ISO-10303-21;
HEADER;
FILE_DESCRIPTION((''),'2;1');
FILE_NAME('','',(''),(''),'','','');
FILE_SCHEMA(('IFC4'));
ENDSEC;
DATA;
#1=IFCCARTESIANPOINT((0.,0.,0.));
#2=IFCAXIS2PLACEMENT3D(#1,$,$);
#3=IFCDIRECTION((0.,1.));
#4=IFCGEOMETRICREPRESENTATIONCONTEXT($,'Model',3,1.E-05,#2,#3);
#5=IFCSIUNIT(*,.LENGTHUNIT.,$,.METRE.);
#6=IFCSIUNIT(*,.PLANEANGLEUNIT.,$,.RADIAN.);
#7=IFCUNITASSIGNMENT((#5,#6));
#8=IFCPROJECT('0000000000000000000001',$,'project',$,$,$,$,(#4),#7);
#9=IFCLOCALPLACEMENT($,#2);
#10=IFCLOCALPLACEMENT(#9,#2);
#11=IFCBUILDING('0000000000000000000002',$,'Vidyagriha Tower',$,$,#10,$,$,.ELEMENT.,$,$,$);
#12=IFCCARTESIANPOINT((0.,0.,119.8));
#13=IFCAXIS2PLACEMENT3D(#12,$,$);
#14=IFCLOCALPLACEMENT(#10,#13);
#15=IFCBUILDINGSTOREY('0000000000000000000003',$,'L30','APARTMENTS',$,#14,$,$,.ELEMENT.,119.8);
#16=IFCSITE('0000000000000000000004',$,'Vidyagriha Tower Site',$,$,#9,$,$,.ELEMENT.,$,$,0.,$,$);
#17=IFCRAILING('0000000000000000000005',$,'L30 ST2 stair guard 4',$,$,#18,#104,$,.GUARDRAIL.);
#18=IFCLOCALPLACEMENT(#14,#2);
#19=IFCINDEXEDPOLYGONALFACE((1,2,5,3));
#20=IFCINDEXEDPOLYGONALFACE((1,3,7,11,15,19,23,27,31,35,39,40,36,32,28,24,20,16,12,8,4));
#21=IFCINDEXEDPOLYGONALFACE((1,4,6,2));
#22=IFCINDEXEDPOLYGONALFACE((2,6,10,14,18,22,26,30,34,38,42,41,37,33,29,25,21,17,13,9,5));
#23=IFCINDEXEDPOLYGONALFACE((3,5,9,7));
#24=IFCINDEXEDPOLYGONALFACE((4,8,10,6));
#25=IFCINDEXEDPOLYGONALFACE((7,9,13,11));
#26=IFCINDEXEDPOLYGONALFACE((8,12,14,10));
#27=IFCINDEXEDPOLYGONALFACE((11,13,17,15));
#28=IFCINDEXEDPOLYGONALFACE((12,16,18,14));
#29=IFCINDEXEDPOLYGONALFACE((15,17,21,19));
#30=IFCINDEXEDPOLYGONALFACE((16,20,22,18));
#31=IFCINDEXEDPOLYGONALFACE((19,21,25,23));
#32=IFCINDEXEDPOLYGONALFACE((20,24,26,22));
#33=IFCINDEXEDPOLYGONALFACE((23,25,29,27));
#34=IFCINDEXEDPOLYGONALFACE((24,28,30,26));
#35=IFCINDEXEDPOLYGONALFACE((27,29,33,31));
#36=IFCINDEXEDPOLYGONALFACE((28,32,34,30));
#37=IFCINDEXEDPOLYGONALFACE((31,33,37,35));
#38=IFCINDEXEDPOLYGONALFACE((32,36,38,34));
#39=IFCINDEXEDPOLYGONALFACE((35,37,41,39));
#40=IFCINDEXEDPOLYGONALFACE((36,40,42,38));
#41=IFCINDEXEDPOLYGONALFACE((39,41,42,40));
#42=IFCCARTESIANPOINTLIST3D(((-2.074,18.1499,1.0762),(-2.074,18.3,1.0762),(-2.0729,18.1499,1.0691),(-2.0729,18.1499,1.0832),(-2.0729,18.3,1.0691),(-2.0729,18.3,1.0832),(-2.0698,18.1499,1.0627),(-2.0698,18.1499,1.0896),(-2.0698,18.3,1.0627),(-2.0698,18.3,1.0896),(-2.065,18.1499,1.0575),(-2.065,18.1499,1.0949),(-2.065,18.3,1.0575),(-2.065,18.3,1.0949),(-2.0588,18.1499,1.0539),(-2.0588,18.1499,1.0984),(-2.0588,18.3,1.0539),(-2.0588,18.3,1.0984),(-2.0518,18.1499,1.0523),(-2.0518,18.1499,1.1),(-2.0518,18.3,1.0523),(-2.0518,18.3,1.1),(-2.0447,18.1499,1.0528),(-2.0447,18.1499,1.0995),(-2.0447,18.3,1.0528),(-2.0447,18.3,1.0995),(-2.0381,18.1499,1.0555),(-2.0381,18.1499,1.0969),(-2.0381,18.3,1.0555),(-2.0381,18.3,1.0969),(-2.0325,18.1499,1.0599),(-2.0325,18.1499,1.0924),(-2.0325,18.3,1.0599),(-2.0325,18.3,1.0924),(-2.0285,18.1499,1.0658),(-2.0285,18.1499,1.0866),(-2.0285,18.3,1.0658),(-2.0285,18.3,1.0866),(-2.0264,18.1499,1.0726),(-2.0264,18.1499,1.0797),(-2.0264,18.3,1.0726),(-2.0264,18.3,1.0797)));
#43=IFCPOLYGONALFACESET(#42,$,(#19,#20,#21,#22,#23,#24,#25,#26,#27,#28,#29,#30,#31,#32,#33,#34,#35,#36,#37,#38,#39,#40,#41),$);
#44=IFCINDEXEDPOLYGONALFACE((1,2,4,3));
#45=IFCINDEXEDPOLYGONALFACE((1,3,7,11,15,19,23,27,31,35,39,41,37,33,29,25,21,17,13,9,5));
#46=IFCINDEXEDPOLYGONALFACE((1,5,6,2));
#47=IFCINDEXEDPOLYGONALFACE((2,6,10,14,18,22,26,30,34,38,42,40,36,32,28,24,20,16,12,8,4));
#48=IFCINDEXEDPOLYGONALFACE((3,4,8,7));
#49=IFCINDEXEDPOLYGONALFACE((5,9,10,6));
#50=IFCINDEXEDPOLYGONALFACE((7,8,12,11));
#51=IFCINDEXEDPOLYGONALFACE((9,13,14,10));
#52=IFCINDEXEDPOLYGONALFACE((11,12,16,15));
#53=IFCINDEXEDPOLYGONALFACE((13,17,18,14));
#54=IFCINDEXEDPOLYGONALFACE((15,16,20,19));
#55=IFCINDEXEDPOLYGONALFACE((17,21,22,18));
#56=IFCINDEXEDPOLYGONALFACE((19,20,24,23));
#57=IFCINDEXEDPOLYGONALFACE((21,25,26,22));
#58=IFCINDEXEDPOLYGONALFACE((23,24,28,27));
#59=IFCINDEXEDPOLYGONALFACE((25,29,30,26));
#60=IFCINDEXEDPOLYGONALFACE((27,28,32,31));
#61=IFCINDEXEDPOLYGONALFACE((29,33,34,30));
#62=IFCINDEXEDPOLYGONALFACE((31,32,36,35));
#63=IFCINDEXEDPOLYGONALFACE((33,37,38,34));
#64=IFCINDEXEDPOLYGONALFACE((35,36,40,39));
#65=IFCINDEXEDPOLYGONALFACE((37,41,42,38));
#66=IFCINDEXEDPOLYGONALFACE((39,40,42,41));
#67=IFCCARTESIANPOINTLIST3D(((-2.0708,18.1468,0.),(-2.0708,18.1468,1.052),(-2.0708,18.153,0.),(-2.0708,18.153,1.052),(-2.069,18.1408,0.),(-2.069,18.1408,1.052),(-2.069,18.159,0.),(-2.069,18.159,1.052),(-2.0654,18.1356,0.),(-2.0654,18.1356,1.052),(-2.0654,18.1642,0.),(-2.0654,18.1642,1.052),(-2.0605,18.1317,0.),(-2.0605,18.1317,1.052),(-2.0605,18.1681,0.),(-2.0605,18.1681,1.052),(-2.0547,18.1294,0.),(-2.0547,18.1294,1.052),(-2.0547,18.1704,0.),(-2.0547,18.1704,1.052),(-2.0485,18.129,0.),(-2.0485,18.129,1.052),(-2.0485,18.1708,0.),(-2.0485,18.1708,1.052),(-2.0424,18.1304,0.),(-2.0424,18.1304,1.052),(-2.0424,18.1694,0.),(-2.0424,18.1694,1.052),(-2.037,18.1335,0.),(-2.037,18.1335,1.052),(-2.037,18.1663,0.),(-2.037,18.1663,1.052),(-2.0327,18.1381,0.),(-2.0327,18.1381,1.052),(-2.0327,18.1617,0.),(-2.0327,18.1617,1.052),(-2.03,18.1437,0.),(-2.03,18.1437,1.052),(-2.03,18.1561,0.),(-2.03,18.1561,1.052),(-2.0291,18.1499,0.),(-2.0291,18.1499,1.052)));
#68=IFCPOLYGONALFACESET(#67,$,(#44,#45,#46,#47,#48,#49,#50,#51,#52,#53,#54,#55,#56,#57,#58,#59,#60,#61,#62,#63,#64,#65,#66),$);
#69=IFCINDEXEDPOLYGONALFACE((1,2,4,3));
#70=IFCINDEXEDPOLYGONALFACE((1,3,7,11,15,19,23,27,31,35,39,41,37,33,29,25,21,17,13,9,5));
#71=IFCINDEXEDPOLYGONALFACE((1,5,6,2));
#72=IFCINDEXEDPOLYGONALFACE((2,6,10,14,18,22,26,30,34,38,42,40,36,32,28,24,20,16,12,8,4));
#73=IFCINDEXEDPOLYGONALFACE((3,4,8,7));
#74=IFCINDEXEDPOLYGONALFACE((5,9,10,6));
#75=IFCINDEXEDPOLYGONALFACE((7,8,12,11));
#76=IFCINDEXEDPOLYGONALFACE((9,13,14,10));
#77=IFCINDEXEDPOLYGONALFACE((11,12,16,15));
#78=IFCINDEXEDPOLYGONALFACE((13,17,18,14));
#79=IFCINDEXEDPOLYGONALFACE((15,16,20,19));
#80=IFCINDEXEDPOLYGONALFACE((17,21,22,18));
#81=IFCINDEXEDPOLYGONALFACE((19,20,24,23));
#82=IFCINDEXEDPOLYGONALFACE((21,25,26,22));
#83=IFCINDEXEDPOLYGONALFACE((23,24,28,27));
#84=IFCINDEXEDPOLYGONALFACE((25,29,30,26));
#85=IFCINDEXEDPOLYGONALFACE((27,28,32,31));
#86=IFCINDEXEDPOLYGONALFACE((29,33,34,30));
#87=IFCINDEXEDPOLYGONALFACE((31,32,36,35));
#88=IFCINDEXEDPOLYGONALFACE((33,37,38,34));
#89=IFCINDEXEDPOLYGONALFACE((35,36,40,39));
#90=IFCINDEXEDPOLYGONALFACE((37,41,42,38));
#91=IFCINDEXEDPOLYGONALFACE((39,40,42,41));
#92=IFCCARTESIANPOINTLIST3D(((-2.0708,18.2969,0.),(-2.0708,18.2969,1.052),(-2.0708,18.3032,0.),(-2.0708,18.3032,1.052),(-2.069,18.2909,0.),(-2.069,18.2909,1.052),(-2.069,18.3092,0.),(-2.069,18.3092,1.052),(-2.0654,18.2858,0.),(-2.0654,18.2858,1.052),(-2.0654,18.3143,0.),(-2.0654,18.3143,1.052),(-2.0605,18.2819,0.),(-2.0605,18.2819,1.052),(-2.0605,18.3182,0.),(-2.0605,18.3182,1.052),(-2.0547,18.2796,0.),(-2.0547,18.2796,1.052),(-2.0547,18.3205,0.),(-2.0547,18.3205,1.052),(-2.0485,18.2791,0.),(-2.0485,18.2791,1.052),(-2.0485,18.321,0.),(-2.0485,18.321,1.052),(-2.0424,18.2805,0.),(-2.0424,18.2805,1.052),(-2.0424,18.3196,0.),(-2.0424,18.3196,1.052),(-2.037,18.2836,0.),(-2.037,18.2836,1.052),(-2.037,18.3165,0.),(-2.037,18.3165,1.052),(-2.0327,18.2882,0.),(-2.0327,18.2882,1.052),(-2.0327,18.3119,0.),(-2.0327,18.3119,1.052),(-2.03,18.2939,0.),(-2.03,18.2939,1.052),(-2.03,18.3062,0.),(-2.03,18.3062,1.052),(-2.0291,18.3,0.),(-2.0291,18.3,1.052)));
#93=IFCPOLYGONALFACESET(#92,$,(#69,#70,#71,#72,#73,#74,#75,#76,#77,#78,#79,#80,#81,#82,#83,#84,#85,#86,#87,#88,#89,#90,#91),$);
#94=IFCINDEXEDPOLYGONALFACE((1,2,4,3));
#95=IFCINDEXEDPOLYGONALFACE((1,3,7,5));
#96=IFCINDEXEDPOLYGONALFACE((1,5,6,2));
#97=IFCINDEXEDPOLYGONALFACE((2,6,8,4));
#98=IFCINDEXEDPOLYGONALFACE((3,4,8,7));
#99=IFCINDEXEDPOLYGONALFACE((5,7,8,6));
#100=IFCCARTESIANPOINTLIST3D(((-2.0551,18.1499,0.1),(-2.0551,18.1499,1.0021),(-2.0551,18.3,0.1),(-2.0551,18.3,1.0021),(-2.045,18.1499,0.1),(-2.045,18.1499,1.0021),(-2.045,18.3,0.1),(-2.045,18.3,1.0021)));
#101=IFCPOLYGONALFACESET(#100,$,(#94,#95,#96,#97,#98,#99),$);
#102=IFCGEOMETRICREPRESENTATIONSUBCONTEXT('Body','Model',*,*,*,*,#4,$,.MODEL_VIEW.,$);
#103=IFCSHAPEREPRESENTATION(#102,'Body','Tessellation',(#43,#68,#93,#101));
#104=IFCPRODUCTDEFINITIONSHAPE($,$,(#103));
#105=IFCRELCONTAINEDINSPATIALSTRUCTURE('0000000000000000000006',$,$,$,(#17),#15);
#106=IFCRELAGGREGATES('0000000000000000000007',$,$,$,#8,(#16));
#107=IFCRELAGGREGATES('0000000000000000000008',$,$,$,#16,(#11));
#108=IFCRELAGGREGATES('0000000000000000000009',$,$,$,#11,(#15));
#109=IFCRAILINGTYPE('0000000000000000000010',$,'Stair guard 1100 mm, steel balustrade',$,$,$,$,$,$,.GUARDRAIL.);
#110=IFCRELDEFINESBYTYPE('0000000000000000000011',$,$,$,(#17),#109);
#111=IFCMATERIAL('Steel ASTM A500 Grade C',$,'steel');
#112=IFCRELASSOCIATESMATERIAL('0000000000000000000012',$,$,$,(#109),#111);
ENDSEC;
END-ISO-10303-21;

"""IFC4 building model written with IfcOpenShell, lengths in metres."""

from ifc_helpers import new_model, si_unit, direction, frame, origin, origin_2d, place, context, subcontext, project, spatial, rectangle, circle, extrude, material, type_object, element, save


model = new_model("IFC4")

# Units and contexts
model_context = context("Model", 3, precision=1e-05, world=origin(), true_north=direction((0.0, 1.0)))
body_context = subcontext(model_context, "Body", "Model", "MODEL_VIEW")
ifc_project = project(units=[si_unit("LENGTHUNIT", "METRE"), si_unit("PLANEANGLEUNIT", "RADIAN")], contexts=[model_context])

# Site, building, storey
site_placement = place(None, origin())
site = spatial("IfcSite", under=ifc_project, at=site_placement, Name="Vidyagriha Tower Site", CompositionType="ELEMENT", RefElevation=0.0)
building_placement = place(site_placement, origin())
building = spatial("IfcBuilding", under=site, at=building_placement, Name="Vidyagriha Tower", CompositionType="ELEMENT")
storey_placement = place(building_placement, frame((0.0, 0.0, 119.8)))
storey = spatial("IfcBuildingStorey", under=building, at=storey_placement, Name="L30", Description="APARTMENTS", CompositionType="ELEMENT", Elevation=119.8)

# Railing
ifc_material_1 = material(Name="Steel ASTM A500 Grade C", Category="steel")
railing_type_1 = type_object("IfcRailingType", Name="Stair guard 1100 mm, steel balustrade", PredefinedType="GUARDRAIL", material=ifc_material_1)
railing_1_placement = place(storey_placement, frame((-2.05, 18.1499, 0.0)))
element("IfcRailing", 1, at=railing_1_placement, inside=storey, type_object=railing_type_1, Name="L30 ST2 stair guard 4", PredefinedType="GUARDRAIL", context=body_context, shape_type="SweptSolid", body=[
    extrude(circle(Radius=0.0239, at=origin_2d()), frame((0.0, 0.0, 1.0762), z_axis=(0.0, 1.0, 0.0), x_axis=(-1.0, 0.0, 0.0)), (0.0, 0.0, 1.0), 0.1501),
    extrude(circle(Radius=0.021, at=origin_2d()), origin(), (0.0, 0.0, 1.0), 1.052),
    extrude(circle(Radius=0.021, at=origin_2d()), frame((0.0, 0.1501, 0.0)), (0.0, 0.0, 1.0), 1.052),
    extrude(rectangle(XDim=0.01, YDim=0.9021, at=origin_2d()), frame((0.0, 0.0, 0.551), z_axis=(0.0, 1.0, 0.0), x_axis=(-1.0, 0.0, 0.0)), (0.0, 0.0, 1.0), 0.1501),
])

save(model, "model.ifc")
